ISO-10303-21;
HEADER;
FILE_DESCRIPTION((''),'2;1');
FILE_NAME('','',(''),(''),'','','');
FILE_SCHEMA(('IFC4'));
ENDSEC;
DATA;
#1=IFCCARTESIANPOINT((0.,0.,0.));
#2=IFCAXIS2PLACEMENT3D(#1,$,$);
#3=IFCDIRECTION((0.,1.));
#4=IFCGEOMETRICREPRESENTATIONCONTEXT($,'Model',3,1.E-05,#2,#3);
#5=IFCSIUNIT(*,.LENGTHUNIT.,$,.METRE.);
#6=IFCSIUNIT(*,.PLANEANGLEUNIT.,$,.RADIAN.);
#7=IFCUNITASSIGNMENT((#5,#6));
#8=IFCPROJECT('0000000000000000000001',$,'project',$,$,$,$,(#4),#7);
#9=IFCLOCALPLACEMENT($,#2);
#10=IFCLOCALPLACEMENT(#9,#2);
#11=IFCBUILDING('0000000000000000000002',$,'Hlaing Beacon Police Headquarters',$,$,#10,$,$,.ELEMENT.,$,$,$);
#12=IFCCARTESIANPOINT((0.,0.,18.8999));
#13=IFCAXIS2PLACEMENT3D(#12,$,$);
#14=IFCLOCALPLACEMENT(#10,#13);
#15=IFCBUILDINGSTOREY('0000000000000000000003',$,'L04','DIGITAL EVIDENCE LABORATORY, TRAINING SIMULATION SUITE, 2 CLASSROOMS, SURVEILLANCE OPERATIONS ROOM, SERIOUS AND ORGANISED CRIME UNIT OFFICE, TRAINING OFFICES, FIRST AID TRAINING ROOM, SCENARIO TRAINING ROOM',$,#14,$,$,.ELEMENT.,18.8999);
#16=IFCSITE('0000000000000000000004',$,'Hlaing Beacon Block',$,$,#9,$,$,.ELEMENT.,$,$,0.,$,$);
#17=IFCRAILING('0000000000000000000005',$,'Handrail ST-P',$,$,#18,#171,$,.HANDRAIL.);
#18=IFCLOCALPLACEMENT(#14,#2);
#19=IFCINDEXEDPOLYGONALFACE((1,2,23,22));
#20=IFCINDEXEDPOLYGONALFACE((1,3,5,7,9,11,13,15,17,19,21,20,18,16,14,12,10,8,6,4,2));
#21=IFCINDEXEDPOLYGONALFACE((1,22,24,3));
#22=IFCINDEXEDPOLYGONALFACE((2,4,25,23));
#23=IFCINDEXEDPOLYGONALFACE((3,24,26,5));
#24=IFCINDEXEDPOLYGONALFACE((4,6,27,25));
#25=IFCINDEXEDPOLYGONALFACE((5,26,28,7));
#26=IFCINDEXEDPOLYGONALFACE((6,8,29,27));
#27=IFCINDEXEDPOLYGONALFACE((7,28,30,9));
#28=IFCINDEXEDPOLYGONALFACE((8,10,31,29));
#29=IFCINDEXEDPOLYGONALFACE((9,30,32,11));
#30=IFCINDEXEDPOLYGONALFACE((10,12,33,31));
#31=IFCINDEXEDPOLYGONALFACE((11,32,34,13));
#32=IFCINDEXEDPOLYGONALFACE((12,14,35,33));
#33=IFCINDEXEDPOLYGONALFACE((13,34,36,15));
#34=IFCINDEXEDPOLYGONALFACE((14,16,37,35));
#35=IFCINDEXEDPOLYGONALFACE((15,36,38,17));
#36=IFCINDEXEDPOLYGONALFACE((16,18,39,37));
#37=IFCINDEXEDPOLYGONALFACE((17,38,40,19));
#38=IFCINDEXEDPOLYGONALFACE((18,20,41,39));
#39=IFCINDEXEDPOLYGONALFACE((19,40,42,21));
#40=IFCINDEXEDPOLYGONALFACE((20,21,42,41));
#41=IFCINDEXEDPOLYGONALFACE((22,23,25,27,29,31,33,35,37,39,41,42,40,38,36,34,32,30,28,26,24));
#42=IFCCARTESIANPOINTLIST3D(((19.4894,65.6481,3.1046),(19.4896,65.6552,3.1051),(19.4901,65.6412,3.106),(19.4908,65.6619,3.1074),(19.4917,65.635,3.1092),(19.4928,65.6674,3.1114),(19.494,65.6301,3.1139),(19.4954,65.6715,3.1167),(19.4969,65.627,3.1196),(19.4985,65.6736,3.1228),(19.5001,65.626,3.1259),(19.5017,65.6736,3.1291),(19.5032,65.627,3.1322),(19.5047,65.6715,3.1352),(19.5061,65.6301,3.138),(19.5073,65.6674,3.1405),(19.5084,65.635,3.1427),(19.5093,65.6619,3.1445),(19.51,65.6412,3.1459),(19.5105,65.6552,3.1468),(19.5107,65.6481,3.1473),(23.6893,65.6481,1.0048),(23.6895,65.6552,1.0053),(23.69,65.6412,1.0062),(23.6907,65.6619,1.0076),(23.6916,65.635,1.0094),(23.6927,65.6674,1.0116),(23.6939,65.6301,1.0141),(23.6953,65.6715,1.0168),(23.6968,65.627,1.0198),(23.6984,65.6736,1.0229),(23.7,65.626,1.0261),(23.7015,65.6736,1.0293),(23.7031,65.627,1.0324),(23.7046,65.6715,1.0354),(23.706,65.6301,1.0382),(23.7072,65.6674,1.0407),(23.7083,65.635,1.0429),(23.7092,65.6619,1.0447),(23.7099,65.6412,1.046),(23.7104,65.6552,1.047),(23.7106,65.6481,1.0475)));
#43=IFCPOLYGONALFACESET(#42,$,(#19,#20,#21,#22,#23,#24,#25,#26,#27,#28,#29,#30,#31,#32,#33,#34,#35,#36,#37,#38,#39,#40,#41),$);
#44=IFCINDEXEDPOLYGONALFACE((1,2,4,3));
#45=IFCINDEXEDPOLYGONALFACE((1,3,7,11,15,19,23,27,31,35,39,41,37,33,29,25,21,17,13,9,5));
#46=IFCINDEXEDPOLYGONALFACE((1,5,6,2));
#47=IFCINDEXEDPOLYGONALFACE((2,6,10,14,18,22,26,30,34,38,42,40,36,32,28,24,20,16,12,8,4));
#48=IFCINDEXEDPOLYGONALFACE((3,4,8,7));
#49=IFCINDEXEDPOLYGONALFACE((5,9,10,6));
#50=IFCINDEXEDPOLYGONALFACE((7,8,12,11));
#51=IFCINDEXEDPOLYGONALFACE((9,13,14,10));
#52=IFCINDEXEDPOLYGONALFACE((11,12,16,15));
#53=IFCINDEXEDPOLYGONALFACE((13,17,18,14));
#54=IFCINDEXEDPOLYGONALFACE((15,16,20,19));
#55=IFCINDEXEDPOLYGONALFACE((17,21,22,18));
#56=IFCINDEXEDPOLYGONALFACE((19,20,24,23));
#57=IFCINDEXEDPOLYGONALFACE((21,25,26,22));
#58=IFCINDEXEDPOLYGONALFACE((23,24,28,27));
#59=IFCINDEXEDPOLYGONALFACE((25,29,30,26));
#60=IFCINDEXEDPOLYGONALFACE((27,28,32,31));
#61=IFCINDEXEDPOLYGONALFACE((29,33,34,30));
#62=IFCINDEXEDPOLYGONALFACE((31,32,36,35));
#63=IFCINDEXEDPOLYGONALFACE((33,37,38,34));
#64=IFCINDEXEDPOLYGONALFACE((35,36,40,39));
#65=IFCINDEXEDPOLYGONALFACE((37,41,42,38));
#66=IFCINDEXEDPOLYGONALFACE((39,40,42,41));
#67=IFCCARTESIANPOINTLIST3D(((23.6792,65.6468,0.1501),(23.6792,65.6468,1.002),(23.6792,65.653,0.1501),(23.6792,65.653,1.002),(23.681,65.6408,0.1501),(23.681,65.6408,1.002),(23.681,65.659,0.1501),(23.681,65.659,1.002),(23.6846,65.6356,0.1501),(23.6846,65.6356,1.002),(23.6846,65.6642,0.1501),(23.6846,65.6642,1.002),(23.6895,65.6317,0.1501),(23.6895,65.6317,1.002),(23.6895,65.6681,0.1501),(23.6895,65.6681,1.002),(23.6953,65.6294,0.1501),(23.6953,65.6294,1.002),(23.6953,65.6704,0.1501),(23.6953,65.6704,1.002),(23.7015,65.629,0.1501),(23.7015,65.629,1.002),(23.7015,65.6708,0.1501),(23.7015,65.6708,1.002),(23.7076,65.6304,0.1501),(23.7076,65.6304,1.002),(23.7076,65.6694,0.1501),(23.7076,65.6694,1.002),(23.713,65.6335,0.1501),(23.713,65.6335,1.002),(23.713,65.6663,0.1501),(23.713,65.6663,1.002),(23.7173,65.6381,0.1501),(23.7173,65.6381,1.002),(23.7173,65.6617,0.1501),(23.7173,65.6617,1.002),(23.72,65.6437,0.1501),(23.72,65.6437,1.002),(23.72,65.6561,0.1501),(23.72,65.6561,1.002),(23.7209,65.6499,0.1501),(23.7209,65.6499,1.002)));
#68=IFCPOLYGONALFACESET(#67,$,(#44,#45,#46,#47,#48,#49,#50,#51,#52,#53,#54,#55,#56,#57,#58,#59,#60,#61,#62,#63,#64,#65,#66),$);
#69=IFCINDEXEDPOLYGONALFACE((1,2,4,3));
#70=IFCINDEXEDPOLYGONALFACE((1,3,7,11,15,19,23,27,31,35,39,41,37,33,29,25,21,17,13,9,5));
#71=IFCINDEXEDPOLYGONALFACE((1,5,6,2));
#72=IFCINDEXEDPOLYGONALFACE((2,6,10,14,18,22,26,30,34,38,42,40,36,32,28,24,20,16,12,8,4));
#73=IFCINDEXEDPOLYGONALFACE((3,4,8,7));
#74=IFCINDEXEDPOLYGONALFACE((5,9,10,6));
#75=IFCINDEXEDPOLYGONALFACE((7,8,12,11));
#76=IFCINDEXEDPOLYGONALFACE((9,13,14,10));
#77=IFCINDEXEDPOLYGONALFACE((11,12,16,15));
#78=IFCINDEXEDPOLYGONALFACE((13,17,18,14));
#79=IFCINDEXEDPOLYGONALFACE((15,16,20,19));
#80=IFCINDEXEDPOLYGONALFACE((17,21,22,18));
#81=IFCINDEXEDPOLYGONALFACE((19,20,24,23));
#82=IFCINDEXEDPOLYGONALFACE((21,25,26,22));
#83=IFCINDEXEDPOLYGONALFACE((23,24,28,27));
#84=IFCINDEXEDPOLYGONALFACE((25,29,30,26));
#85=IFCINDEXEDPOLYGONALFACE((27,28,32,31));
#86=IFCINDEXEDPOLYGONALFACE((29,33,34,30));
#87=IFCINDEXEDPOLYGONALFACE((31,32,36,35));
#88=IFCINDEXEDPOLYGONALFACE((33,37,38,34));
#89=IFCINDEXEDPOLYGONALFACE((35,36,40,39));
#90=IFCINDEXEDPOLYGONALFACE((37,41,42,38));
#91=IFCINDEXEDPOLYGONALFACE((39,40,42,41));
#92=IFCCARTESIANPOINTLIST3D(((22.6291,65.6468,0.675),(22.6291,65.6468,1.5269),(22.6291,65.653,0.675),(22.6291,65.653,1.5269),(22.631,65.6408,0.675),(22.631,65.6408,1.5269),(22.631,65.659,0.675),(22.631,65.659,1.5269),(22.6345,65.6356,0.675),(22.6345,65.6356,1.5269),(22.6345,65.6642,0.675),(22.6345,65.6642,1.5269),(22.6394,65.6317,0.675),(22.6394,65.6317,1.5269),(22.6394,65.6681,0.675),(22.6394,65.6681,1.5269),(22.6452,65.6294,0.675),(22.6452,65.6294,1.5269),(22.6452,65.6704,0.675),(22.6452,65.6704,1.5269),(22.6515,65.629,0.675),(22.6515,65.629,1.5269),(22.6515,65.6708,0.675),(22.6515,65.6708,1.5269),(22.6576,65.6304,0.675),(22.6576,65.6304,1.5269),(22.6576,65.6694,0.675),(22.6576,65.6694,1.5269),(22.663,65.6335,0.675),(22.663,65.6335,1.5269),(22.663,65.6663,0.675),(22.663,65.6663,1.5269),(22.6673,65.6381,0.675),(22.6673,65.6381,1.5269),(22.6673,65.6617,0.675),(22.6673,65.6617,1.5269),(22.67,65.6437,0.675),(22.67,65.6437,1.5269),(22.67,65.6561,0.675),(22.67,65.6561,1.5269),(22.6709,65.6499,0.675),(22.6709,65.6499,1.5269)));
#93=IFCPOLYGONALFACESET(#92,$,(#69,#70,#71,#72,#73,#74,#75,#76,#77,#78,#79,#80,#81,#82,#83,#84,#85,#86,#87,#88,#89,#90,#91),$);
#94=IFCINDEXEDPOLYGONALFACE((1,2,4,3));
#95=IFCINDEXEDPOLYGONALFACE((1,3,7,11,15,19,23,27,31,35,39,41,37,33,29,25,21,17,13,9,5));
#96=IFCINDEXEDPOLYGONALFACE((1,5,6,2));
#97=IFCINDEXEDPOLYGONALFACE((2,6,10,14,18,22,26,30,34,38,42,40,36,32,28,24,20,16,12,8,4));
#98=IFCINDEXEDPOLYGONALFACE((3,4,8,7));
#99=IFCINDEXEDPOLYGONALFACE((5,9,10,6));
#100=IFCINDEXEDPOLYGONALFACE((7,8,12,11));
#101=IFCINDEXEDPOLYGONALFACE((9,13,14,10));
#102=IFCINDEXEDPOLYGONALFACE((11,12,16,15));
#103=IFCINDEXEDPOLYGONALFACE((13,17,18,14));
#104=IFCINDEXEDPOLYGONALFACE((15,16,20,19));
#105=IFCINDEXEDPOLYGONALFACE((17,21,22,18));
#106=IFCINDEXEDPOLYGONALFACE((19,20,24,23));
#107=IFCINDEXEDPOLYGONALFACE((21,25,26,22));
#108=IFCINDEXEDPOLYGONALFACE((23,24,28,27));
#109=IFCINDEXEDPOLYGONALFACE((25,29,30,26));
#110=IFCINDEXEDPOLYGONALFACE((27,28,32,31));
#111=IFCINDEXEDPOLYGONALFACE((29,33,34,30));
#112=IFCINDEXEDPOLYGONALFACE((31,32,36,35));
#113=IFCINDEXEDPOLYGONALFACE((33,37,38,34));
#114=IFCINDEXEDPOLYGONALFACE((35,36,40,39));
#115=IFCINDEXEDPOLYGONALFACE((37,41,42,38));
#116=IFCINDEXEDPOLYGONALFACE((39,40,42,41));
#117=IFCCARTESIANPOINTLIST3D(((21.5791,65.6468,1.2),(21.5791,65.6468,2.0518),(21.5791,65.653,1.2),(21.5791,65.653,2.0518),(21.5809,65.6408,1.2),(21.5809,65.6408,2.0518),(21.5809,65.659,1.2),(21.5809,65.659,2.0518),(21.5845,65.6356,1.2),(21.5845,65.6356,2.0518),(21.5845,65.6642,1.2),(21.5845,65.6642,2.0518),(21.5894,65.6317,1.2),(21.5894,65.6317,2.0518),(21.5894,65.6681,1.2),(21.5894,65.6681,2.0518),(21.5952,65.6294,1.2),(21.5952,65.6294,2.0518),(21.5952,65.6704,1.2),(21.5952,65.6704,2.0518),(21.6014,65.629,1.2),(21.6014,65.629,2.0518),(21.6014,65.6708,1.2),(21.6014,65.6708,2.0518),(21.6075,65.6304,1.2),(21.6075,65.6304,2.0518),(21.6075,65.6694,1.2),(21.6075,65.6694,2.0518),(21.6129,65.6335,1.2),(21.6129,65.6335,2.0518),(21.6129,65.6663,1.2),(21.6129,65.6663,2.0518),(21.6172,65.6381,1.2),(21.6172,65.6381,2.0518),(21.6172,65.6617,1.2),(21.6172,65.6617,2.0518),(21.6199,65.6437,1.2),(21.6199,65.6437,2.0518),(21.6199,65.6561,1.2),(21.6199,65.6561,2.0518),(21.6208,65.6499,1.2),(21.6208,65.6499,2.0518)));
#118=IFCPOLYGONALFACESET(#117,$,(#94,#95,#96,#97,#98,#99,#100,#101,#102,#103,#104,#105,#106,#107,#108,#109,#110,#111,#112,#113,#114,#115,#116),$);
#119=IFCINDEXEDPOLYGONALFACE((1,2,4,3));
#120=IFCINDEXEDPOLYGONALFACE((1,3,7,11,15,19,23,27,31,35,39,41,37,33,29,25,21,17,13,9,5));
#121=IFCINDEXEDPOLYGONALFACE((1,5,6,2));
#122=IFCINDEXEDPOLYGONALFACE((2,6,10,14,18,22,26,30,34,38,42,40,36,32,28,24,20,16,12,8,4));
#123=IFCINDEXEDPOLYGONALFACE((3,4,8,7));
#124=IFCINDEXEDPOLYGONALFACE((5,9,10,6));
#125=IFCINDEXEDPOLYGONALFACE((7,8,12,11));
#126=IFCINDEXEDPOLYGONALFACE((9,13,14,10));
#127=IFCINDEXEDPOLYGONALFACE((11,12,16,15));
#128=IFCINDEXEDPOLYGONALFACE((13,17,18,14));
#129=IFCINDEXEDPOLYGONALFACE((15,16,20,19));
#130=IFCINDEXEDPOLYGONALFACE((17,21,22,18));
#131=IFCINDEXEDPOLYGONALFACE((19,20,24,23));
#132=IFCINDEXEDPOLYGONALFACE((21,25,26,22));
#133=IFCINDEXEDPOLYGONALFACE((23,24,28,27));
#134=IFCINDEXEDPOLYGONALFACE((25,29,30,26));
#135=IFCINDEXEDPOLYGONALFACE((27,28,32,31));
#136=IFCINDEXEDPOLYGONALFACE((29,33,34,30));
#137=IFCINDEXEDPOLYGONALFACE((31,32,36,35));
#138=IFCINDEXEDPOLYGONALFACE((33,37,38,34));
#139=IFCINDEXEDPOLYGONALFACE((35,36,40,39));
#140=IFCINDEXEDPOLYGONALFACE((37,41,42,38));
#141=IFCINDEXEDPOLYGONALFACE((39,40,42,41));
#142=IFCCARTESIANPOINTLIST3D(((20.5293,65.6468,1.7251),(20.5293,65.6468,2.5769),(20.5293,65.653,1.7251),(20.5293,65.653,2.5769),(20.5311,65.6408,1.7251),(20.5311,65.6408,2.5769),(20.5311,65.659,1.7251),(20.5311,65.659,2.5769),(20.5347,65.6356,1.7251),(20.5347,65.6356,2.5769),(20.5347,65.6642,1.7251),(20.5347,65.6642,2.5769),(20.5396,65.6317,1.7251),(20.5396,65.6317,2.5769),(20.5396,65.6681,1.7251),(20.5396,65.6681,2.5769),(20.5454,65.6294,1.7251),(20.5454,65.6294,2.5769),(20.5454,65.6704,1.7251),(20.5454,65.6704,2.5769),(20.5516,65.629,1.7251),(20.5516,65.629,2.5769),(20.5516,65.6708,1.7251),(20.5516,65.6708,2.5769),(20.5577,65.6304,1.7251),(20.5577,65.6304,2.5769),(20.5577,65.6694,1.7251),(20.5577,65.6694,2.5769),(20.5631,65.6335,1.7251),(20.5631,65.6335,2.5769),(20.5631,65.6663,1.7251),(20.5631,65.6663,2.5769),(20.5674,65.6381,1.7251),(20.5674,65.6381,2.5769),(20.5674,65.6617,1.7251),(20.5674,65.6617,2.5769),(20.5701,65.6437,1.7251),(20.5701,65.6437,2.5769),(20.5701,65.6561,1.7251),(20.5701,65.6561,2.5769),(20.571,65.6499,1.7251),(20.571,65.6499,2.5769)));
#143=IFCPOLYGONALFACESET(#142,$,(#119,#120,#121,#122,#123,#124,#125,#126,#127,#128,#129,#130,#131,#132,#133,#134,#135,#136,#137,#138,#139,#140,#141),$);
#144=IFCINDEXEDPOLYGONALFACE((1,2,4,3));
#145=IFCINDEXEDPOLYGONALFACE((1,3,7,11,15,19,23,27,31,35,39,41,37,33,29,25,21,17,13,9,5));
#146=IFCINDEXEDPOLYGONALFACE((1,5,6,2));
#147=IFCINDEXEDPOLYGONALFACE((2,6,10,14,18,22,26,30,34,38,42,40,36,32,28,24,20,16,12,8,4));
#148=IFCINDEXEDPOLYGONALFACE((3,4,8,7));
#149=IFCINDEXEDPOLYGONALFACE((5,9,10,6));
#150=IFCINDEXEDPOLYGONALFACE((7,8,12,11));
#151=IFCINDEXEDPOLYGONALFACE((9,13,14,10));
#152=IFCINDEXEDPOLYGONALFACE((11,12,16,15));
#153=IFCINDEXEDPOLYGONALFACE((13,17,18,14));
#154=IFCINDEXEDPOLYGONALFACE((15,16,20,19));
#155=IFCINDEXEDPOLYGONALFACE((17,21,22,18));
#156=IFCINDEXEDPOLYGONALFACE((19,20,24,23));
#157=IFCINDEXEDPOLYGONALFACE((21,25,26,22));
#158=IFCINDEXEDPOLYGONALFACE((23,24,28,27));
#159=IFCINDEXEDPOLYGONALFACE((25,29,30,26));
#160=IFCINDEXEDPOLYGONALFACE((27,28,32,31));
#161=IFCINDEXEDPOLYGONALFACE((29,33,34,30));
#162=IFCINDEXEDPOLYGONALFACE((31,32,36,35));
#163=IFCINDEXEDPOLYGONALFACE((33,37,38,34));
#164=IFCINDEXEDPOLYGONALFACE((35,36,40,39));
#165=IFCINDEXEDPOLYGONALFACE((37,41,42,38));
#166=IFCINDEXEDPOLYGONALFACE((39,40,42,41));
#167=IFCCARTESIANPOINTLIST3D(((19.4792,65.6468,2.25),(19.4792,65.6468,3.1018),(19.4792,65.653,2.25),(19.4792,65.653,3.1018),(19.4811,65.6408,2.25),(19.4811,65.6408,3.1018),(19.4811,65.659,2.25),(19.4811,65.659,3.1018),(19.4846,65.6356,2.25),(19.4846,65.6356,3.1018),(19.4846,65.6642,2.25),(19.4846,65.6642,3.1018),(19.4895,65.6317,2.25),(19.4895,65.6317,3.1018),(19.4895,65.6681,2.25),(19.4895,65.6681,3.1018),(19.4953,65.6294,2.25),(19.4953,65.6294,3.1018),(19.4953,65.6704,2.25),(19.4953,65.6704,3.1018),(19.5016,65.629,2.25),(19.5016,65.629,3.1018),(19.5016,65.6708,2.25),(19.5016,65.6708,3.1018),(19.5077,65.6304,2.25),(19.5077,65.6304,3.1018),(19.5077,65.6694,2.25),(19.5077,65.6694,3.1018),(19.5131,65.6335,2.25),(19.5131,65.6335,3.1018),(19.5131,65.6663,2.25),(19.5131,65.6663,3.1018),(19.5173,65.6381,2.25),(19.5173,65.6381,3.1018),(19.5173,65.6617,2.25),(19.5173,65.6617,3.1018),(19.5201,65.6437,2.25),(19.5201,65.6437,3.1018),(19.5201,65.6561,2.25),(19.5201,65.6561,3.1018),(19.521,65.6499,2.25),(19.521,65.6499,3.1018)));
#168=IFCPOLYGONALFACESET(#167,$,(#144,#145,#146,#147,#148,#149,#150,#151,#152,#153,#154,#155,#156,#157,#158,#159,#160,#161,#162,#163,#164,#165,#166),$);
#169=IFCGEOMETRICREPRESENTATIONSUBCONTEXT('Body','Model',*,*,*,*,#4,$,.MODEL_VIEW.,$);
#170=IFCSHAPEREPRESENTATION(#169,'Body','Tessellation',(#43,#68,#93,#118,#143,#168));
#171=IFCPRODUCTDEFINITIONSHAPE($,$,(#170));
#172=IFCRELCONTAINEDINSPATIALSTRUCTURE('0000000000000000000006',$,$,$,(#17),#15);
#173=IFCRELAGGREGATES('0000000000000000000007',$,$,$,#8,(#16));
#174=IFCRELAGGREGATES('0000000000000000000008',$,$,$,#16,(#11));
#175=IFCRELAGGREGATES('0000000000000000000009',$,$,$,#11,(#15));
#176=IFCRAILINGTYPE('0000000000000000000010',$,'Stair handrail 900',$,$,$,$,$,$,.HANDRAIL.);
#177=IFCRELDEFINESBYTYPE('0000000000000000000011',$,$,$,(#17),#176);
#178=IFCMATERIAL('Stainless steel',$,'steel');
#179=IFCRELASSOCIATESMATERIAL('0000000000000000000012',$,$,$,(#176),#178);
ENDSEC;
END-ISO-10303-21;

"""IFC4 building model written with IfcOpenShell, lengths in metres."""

from ifc_helpers import new_model, si_unit, direction, frame, origin, origin_2d, place, context, subcontext, project, spatial, circle, extrude, material, type_object, element, save


model = new_model("IFC4")

# Units and contexts
model_context = context("Model", 3, precision=1e-05, world=origin(), true_north=direction((0.0, 1.0)))
body_context = subcontext(model_context, "Body", "Model", "MODEL_VIEW")
ifc_project = project(units=[si_unit("LENGTHUNIT", "METRE"), si_unit("PLANEANGLEUNIT", "RADIAN")], contexts=[model_context])

# Site, building, storey
site_placement = place(None, origin())
site = spatial("IfcSite", under=ifc_project, at=site_placement, Name="Hlaing Beacon Block", CompositionType="ELEMENT", RefElevation=0.0)
building_placement = place(site_placement, origin())
building = spatial("IfcBuilding", under=site, at=building_placement, Name="Hlaing Beacon Police Headquarters", CompositionType="ELEMENT")
storey_placement = place(building_placement, frame((0.0, 0.0, 18.8999)))
storey = spatial("IfcBuildingStorey", under=building, at=storey_placement, Name="L04", Description="DIGITAL EVIDENCE LABORATORY, TRAINING SIMULATION SUITE, 2 CLASSROOMS, SURVEILLANCE OPERATIONS ROOM, SERIOUS AND ORGANISED CRIME UNIT OFFICE, TRAINING OFFICES, FIRST AID TRAINING ROOM, SCENARIO TRAINING ROOM", CompositionType="ELEMENT", Elevation=18.8999)

# Railing
ifc_material_1 = material(Name="Stainless steel", Category="steel")
railing_type_1 = type_object("IfcRailingType", Name="Stair handrail 900", PredefinedType="HANDRAIL", material=ifc_material_1)
railing_1_placement = place(storey_placement, frame((23.7, 65.6499, 0.1501)))
element("IfcRailing", 1, at=railing_1_placement, inside=storey, type_object=railing_type_1, Name="Handrail ST-P", PredefinedType="HANDRAIL", context=body_context, shape_type="SweptSolid", body=[
    extrude(circle(Radius=0.0239, at=origin_2d()), frame((0.0, 0.0, 0.876), z_axis=(-0.894438, 0.0, 0.447193), x_axis=(0.0, -1.0, 0.0)), (0.0, 0.0, 1.0), 4.6956),
    extrude(circle(Radius=0.021, at=origin_2d()), origin(), (0.0, 0.0, 1.0), 0.8518),
    extrude(circle(Radius=0.021, at=origin_2d()), frame((-1.05, 0.0, 0.5249)), (0.0, 0.0, 1.0), 0.8518),
    extrude(circle(Radius=0.021, at=origin_2d()), frame((-2.1001, 0.0, 1.0498)), (0.0, 0.0, 1.0), 0.8518),
    extrude(circle(Radius=0.021, at=origin_2d()), frame((-3.1499, 0.0, 1.575)), (0.0, 0.0, 1.0), 0.8518),
    extrude(circle(Radius=0.021, at=origin_2d()), frame((-4.2, 0.0, 2.0999)), (0.0, 0.0, 1.0), 0.8518),
])

save(model, "model.ifc")
